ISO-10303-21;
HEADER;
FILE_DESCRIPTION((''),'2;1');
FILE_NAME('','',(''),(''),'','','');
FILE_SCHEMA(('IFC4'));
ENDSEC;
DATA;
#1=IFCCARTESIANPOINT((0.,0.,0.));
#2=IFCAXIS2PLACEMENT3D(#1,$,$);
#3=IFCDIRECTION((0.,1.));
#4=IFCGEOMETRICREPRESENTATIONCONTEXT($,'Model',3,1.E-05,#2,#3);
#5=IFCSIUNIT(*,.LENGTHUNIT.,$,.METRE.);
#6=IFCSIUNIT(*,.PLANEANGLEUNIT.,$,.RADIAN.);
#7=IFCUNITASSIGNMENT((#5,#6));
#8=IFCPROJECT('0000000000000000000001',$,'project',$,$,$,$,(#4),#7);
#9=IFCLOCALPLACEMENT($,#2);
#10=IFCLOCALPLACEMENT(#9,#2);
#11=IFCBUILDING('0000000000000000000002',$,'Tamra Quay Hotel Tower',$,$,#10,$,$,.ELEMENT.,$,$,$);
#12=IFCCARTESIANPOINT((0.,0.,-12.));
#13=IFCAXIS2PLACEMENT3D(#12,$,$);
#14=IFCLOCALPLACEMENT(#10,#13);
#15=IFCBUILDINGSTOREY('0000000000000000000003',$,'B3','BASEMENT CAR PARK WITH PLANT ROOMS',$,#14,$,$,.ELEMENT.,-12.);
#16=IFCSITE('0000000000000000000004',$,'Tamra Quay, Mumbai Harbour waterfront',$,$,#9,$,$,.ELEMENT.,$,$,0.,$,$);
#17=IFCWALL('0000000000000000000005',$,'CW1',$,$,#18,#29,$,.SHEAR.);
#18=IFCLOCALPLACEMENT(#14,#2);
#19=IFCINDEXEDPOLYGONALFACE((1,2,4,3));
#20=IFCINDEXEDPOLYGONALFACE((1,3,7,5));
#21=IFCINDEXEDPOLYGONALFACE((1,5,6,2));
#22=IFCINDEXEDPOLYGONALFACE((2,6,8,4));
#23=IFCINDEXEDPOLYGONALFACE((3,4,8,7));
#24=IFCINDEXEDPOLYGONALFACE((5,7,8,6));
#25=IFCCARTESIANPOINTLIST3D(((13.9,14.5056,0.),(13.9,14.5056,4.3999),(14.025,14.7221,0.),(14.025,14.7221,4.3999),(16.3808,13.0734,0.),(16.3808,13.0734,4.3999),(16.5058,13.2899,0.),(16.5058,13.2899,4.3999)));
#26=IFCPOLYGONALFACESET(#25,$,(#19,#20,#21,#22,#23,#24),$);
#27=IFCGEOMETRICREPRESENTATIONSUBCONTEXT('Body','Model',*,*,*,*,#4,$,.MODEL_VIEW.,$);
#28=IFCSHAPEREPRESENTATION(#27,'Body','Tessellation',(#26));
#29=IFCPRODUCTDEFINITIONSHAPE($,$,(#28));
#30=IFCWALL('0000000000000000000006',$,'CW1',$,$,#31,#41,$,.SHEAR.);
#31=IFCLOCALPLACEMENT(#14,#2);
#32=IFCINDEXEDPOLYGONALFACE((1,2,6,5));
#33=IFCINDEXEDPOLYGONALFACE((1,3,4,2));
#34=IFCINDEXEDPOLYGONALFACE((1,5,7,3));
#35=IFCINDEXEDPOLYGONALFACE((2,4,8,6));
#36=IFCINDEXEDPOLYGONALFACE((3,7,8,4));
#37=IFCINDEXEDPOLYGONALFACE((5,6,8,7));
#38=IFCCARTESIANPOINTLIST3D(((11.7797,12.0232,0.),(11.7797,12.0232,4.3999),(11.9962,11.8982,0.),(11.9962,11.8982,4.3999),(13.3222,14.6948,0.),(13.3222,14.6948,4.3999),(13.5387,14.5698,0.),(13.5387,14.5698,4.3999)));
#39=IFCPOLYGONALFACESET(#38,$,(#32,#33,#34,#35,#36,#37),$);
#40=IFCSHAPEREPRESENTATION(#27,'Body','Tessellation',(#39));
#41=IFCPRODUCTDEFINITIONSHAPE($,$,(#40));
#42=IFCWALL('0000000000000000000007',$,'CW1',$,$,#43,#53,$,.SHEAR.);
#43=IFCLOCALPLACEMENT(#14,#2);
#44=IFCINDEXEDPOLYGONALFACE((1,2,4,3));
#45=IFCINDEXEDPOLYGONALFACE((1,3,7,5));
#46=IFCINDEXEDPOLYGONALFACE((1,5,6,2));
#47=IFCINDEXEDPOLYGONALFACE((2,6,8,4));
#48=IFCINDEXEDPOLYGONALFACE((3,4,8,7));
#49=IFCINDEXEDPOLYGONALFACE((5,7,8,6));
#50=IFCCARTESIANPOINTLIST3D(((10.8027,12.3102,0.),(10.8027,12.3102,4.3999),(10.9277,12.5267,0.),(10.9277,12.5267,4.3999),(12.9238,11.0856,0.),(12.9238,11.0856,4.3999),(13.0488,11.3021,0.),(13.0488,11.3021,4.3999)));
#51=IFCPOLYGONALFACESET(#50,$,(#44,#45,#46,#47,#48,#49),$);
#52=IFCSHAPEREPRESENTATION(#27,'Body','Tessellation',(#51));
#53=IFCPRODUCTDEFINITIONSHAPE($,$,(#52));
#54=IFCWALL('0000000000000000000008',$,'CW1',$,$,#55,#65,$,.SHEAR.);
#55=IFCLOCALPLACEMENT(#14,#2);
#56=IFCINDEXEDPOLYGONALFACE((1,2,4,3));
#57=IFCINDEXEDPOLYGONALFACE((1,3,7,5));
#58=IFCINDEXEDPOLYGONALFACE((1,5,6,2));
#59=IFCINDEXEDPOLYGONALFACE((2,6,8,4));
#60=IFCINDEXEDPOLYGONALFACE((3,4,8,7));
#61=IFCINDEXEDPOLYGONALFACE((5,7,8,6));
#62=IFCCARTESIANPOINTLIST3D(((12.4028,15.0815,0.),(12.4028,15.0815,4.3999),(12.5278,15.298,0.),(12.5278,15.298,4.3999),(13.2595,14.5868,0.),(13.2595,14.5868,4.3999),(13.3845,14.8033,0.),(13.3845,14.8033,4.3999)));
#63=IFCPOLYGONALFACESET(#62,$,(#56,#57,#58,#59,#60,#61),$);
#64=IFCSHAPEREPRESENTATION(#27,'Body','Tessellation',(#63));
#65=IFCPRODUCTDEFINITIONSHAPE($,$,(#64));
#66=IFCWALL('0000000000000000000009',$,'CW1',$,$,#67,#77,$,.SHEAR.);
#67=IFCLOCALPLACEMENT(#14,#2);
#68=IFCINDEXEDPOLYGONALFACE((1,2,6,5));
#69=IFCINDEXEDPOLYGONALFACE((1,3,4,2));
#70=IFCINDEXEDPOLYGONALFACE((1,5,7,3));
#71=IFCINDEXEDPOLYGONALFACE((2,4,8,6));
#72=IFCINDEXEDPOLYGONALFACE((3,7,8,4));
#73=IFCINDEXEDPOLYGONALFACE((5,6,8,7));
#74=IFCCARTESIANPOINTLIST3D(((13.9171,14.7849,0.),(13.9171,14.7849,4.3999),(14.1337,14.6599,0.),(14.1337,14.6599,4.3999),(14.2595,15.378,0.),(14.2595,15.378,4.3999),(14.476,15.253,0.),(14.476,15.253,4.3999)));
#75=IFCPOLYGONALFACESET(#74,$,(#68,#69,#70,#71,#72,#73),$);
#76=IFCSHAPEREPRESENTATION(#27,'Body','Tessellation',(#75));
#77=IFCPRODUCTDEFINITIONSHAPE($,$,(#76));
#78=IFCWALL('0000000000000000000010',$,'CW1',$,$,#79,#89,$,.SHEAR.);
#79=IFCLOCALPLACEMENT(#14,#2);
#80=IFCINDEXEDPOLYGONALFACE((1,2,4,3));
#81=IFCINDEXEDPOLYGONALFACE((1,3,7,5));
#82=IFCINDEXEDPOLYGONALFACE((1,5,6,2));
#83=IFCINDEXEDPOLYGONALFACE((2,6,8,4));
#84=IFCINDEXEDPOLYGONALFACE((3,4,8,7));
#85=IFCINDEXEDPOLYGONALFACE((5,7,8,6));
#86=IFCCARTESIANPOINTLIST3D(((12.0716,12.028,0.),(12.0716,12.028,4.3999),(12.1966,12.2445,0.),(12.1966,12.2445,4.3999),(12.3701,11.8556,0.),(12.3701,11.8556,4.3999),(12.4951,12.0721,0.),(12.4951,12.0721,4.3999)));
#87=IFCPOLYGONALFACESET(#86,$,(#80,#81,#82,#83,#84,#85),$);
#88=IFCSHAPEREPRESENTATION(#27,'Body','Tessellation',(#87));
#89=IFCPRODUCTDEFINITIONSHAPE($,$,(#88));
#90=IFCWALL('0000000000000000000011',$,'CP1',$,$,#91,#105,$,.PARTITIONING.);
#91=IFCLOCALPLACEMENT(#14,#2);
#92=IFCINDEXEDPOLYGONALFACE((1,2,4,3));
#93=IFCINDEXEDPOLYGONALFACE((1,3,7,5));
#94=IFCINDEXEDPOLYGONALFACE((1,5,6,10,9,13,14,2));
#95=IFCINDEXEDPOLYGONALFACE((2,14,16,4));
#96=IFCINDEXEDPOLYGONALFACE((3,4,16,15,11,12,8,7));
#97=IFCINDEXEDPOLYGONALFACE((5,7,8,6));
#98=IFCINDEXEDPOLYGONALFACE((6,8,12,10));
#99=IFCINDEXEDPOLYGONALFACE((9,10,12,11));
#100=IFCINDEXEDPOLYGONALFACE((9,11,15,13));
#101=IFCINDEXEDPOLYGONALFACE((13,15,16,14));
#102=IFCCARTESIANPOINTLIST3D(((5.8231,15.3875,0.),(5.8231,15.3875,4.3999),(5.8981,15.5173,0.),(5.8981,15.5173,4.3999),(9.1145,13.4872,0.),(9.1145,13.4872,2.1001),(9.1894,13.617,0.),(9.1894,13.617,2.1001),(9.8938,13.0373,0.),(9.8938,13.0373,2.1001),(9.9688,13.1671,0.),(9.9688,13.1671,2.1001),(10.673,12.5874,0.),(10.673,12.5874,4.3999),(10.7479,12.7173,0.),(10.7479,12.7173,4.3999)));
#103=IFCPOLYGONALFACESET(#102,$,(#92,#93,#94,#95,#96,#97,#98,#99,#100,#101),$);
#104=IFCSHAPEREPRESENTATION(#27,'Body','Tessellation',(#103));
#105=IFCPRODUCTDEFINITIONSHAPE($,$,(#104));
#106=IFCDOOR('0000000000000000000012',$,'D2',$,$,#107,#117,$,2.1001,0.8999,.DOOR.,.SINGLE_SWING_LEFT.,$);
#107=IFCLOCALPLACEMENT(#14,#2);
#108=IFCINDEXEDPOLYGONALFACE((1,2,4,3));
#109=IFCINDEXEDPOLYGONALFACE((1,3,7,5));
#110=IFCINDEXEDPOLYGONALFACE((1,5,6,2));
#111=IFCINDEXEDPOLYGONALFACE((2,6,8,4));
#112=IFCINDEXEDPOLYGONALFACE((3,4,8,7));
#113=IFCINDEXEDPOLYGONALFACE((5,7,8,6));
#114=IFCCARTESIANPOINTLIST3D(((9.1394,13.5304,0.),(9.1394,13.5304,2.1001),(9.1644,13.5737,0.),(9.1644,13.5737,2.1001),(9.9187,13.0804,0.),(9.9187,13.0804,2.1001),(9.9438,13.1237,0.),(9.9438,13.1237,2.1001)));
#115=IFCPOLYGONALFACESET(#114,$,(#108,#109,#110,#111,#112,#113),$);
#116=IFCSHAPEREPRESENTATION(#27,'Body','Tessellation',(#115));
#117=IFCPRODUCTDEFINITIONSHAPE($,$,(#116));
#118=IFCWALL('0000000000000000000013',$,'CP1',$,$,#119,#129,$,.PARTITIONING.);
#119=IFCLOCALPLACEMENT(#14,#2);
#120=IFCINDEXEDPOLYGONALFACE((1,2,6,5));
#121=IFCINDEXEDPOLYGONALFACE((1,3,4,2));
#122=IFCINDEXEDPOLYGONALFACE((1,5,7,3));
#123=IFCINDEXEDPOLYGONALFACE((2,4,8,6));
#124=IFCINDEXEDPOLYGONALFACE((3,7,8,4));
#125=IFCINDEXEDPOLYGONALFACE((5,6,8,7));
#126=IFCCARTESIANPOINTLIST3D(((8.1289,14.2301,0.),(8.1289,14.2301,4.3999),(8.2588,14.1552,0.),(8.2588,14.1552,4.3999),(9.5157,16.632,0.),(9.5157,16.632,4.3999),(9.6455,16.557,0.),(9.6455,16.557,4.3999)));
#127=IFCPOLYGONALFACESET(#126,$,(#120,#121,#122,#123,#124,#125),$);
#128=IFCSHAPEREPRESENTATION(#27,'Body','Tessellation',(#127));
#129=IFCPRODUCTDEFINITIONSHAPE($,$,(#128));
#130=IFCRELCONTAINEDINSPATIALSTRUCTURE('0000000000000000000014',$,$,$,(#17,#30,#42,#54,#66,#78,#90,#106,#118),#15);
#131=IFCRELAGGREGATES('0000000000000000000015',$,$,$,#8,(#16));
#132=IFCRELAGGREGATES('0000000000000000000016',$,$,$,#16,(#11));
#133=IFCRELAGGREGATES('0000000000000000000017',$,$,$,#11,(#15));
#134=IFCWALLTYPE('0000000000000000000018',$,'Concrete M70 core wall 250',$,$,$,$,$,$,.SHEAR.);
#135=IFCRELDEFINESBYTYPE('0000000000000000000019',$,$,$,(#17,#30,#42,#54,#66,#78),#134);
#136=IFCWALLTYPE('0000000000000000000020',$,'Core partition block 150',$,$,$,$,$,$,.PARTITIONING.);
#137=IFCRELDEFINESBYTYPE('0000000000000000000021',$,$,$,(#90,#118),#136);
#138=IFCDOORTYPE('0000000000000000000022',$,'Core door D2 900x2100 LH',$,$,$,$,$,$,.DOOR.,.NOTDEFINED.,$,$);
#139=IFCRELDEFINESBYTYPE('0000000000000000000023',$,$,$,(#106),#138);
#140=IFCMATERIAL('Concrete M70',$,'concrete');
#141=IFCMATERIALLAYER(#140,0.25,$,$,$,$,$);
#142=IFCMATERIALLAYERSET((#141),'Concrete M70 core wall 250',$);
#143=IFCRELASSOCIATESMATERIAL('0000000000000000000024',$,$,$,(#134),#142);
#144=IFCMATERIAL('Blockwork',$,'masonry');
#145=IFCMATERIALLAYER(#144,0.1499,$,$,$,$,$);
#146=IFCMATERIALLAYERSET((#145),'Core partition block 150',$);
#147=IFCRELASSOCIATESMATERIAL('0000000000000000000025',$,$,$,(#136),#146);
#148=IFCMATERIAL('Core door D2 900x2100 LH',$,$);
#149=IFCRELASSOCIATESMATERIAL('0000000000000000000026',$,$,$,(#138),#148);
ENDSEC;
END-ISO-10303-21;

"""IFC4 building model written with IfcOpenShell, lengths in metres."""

from ifc_helpers import new_model, si_unit, direction, frame, frame_2d, origin, place, context, subcontext, project, spatial, rectangle, extrude, material, layer, layer_set, type_object, element, fill, save


model = new_model("IFC4")

# Units and contexts
model_context = context("Model", 3, precision=1e-05, world=origin(), true_north=direction((0.0, 1.0)))
body_context = subcontext(model_context, "Body", "Model", "MODEL_VIEW")
ifc_project = project(units=[si_unit("LENGTHUNIT", "METRE"), si_unit("PLANEANGLEUNIT", "RADIAN")], contexts=[model_context])

# Site, building, storey
site_placement = place(None, origin())
site = spatial("IfcSite", under=ifc_project, at=site_placement, Name="Tamra Quay, Mumbai Harbour waterfront", CompositionType="ELEMENT", RefElevation=0.0)
building_placement = place(site_placement, origin())
building = spatial("IfcBuilding", under=site, at=building_placement, Name="Tamra Quay Hotel Tower", CompositionType="ELEMENT")
storey_placement = place(building_placement, frame((0.0, 0.0, -12.0)))
storey = spatial("IfcBuildingStorey", under=building, at=storey_placement, Name="B3", Description="BASEMENT CAR PARK WITH PLANT ROOMS", CompositionType="ELEMENT", Elevation=-12.0)

# Shared definitions
ifc_material_1 = material(Name="Concrete M70", Category="concrete")

# Shared definitions
ifc_material_2 = material(Name="Blockwork", Category="masonry")

# Shared definitions
ifc_layer_1 = layer(ifc_material_1, 0.25)
ifc_layer_set_1 = layer_set([ifc_layer_1], Name="Concrete M70 core wall 250")
wall_type_1 = type_object("IfcWallType", Name="Concrete M70 core wall 250", PredefinedType="SHEAR", material=ifc_layer_set_1)

# Walls
wall_1_placement = place(storey_placement, frame((13.9626, 14.6138, 0.0), z_axis=(0.0, 0.0, 1.0), x_axis=(0.866042, -0.499971, 0.0)))
element("IfcWall", 1, at=wall_1_placement, inside=storey, type_object=wall_type_1, Name="CW1", PredefinedType="SHEAR", context=body_context, shape_type="SweptSolid", body=[
    extrude(rectangle(XDim=2.8645, YDim=0.25, at=frame_2d((1.4321, 0.0))), origin(), (0.0, 0.0, 1.0), 4.3999),
])
wall_2_placement = place(storey_placement, frame((11.8879, 11.9607, 0.0), z_axis=(0.0, 0.0, 1.0), x_axis=(0.500003, 0.866023, 0.0)))
element("IfcWall", 2, at=wall_2_placement, inside=storey, type_object=wall_type_1, Name="CW1", PredefinedType="SHEAR", context=body_context, shape_type="SweptSolid", body=[
    extrude(rectangle(XDim=3.085, YDim=0.25, at=frame_2d((1.5425, 0.0))), origin(), (0.0, 0.0, 1.0), 4.3999),
])
wall_3_placement = place(storey_placement, frame((10.8652, 12.4185, 0.0), z_axis=(0.0, 0.0, 1.0), x_axis=(0.866026, -0.499999, 0.0)))
element("IfcWall", 3, at=wall_3_placement, inside=storey, type_object=wall_type_1, Name="CW1", PredefinedType="SHEAR", context=body_context, shape_type="SweptSolid", body=[
    extrude(rectangle(XDim=2.4492, YDim=0.25, at=frame_2d((1.2246, 0.0))), origin(), (0.0, 0.0, 1.0), 4.3999),
])
wall_4_placement = place(storey_placement, frame((13.322, 14.6951, 0.0), z_axis=(0.0, 0.0, 1.0), x_axis=(-0.866017, 0.500014, 0.0)))
element("IfcWall", 4, at=wall_4_placement, inside=storey, type_object=wall_type_1, Name="CW1", PredefinedType="SHEAR", context=body_context, shape_type="SweptSolid", body=[
    extrude(rectangle(XDim=0.9893, YDim=0.25, at=frame_2d((0.4946, 0.0))), origin(), (0.0, 0.0, 1.0), 4.3999),
])
wall_5_placement = place(storey_placement, frame((14.3677, 15.3154, 0.0), z_axis=(0.0, 0.0, 1.0), x_axis=(-0.499897, -0.866085, 0.0)))
element("IfcWall", 5, at=wall_5_placement, inside=storey, type_object=wall_type_1, Name="CW1", PredefinedType="SHEAR", context=body_context, shape_type="SweptSolid", body=[
    extrude(rectangle(XDim=0.6848, YDim=0.25, at=frame_2d((0.3423, 0.0))), origin(), (0.0, 0.0, 1.0), 4.3999),
])
wall_6_placement = place(storey_placement, frame((12.4326, 11.9639, 0.0), z_axis=(0.0, 0.0, 1.0), x_axis=(-0.866056, 0.499947, 0.0)))
element("IfcWall", 6, at=wall_6_placement, inside=storey, type_object=wall_type_1, Name="CW1", PredefinedType="SHEAR", context=body_context, shape_type="SweptSolid", body=[
    extrude(rectangle(XDim=0.3447, YDim=0.25, at=frame_2d((0.1724, 0.0))), origin(), (0.0, 0.0, 1.0), 4.3999),
])

# Wall, opening, door
ifc_layer_2 = layer(ifc_material_2, 0.1499)
ifc_layer_set_2 = layer_set([ifc_layer_2], Name="Core partition block 150")
wall_type_2 = type_object("IfcWallType", Name="Core partition block 150", PredefinedType="PARTITIONING", material=ifc_layer_set_2)
wall_7_placement = place(storey_placement, frame((5.8606, 15.4524, 0.0), z_axis=(0.0, 0.0, 1.0), x_axis=(0.866027, -0.499998, 0.0)))
wall_7 = element("IfcWall", 7, at=wall_7_placement, inside=storey, type_object=wall_type_2, Name="CP1", PredefinedType="PARTITIONING", context=body_context, shape_type="SweptSolid", body=[
    extrude(rectangle(XDim=5.6001, YDim=0.1499, at=frame_2d((2.8, 0.0))), origin(), (0.0, 0.0, 1.0), 4.3999),
])
opening_1_placement = place(wall_7_placement, frame((3.8005, 0.0, 0.0)))
opening_1 = element("IfcOpeningElement", 8, at=opening_1_placement, cuts=wall_7, PredefinedType="OPENING", context=body_context, shape_type="SweptSolid", body=[
    extrude(rectangle(XDim=0.8999, YDim=2.1001, at=frame_2d((0.45, 1.05))), frame((0.0, 0.085, 0.0), z_axis=(0.0, -1.0, 0.0), x_axis=(1.0, 0.0, 0.0)), (0.0, 0.0, 1.0), 0.1699),
])
ifc_material_3 = material(Name="Core door D2 900x2100 LH")
door_type_1 = type_object("IfcDoorType", Name="Core door D2 900x2100 LH", OperationType="NOTDEFINED", PredefinedType="DOOR", material=ifc_material_3)
door_1_placement = place(opening_1_placement, origin())
door_1 = element("IfcDoor", 9, at=door_1_placement, inside=storey, type_object=door_type_1, Name="D2", OperationType="SINGLE_SWING_LEFT", OverallHeight=2.1001, OverallWidth=0.8999, PredefinedType="DOOR", context=body_context, shape_type="SweptSolid", body=[
    extrude(rectangle(XDim=0.8999, YDim=2.1001, at=frame_2d((0.45, 1.05))), frame((0.0, 0.0249, 0.0), z_axis=(0.0, -1.0, 0.0), x_axis=(1.0, 0.0, 0.0)), (0.0, 0.0, 1.0), 0.05),
])
fill(opening_1, door_1)

# Wall
wall_8_placement = place(storey_placement, frame((8.1938, 14.1926, 0.0), z_axis=(0.0, 0.0, 1.0), x_axis=(0.500002, 0.866024, 0.0)))
element("IfcWall", 10, at=wall_8_placement, inside=storey, type_object=wall_type_2, Name="CP1", PredefinedType="PARTITIONING", context=body_context, shape_type="SweptSolid", body=[
    extrude(rectangle(XDim=2.7734, YDim=0.1499, at=frame_2d((1.3867, 0.0))), origin(), (0.0, 0.0, 1.0), 4.3999),
])

save(model, "model.ifc")
